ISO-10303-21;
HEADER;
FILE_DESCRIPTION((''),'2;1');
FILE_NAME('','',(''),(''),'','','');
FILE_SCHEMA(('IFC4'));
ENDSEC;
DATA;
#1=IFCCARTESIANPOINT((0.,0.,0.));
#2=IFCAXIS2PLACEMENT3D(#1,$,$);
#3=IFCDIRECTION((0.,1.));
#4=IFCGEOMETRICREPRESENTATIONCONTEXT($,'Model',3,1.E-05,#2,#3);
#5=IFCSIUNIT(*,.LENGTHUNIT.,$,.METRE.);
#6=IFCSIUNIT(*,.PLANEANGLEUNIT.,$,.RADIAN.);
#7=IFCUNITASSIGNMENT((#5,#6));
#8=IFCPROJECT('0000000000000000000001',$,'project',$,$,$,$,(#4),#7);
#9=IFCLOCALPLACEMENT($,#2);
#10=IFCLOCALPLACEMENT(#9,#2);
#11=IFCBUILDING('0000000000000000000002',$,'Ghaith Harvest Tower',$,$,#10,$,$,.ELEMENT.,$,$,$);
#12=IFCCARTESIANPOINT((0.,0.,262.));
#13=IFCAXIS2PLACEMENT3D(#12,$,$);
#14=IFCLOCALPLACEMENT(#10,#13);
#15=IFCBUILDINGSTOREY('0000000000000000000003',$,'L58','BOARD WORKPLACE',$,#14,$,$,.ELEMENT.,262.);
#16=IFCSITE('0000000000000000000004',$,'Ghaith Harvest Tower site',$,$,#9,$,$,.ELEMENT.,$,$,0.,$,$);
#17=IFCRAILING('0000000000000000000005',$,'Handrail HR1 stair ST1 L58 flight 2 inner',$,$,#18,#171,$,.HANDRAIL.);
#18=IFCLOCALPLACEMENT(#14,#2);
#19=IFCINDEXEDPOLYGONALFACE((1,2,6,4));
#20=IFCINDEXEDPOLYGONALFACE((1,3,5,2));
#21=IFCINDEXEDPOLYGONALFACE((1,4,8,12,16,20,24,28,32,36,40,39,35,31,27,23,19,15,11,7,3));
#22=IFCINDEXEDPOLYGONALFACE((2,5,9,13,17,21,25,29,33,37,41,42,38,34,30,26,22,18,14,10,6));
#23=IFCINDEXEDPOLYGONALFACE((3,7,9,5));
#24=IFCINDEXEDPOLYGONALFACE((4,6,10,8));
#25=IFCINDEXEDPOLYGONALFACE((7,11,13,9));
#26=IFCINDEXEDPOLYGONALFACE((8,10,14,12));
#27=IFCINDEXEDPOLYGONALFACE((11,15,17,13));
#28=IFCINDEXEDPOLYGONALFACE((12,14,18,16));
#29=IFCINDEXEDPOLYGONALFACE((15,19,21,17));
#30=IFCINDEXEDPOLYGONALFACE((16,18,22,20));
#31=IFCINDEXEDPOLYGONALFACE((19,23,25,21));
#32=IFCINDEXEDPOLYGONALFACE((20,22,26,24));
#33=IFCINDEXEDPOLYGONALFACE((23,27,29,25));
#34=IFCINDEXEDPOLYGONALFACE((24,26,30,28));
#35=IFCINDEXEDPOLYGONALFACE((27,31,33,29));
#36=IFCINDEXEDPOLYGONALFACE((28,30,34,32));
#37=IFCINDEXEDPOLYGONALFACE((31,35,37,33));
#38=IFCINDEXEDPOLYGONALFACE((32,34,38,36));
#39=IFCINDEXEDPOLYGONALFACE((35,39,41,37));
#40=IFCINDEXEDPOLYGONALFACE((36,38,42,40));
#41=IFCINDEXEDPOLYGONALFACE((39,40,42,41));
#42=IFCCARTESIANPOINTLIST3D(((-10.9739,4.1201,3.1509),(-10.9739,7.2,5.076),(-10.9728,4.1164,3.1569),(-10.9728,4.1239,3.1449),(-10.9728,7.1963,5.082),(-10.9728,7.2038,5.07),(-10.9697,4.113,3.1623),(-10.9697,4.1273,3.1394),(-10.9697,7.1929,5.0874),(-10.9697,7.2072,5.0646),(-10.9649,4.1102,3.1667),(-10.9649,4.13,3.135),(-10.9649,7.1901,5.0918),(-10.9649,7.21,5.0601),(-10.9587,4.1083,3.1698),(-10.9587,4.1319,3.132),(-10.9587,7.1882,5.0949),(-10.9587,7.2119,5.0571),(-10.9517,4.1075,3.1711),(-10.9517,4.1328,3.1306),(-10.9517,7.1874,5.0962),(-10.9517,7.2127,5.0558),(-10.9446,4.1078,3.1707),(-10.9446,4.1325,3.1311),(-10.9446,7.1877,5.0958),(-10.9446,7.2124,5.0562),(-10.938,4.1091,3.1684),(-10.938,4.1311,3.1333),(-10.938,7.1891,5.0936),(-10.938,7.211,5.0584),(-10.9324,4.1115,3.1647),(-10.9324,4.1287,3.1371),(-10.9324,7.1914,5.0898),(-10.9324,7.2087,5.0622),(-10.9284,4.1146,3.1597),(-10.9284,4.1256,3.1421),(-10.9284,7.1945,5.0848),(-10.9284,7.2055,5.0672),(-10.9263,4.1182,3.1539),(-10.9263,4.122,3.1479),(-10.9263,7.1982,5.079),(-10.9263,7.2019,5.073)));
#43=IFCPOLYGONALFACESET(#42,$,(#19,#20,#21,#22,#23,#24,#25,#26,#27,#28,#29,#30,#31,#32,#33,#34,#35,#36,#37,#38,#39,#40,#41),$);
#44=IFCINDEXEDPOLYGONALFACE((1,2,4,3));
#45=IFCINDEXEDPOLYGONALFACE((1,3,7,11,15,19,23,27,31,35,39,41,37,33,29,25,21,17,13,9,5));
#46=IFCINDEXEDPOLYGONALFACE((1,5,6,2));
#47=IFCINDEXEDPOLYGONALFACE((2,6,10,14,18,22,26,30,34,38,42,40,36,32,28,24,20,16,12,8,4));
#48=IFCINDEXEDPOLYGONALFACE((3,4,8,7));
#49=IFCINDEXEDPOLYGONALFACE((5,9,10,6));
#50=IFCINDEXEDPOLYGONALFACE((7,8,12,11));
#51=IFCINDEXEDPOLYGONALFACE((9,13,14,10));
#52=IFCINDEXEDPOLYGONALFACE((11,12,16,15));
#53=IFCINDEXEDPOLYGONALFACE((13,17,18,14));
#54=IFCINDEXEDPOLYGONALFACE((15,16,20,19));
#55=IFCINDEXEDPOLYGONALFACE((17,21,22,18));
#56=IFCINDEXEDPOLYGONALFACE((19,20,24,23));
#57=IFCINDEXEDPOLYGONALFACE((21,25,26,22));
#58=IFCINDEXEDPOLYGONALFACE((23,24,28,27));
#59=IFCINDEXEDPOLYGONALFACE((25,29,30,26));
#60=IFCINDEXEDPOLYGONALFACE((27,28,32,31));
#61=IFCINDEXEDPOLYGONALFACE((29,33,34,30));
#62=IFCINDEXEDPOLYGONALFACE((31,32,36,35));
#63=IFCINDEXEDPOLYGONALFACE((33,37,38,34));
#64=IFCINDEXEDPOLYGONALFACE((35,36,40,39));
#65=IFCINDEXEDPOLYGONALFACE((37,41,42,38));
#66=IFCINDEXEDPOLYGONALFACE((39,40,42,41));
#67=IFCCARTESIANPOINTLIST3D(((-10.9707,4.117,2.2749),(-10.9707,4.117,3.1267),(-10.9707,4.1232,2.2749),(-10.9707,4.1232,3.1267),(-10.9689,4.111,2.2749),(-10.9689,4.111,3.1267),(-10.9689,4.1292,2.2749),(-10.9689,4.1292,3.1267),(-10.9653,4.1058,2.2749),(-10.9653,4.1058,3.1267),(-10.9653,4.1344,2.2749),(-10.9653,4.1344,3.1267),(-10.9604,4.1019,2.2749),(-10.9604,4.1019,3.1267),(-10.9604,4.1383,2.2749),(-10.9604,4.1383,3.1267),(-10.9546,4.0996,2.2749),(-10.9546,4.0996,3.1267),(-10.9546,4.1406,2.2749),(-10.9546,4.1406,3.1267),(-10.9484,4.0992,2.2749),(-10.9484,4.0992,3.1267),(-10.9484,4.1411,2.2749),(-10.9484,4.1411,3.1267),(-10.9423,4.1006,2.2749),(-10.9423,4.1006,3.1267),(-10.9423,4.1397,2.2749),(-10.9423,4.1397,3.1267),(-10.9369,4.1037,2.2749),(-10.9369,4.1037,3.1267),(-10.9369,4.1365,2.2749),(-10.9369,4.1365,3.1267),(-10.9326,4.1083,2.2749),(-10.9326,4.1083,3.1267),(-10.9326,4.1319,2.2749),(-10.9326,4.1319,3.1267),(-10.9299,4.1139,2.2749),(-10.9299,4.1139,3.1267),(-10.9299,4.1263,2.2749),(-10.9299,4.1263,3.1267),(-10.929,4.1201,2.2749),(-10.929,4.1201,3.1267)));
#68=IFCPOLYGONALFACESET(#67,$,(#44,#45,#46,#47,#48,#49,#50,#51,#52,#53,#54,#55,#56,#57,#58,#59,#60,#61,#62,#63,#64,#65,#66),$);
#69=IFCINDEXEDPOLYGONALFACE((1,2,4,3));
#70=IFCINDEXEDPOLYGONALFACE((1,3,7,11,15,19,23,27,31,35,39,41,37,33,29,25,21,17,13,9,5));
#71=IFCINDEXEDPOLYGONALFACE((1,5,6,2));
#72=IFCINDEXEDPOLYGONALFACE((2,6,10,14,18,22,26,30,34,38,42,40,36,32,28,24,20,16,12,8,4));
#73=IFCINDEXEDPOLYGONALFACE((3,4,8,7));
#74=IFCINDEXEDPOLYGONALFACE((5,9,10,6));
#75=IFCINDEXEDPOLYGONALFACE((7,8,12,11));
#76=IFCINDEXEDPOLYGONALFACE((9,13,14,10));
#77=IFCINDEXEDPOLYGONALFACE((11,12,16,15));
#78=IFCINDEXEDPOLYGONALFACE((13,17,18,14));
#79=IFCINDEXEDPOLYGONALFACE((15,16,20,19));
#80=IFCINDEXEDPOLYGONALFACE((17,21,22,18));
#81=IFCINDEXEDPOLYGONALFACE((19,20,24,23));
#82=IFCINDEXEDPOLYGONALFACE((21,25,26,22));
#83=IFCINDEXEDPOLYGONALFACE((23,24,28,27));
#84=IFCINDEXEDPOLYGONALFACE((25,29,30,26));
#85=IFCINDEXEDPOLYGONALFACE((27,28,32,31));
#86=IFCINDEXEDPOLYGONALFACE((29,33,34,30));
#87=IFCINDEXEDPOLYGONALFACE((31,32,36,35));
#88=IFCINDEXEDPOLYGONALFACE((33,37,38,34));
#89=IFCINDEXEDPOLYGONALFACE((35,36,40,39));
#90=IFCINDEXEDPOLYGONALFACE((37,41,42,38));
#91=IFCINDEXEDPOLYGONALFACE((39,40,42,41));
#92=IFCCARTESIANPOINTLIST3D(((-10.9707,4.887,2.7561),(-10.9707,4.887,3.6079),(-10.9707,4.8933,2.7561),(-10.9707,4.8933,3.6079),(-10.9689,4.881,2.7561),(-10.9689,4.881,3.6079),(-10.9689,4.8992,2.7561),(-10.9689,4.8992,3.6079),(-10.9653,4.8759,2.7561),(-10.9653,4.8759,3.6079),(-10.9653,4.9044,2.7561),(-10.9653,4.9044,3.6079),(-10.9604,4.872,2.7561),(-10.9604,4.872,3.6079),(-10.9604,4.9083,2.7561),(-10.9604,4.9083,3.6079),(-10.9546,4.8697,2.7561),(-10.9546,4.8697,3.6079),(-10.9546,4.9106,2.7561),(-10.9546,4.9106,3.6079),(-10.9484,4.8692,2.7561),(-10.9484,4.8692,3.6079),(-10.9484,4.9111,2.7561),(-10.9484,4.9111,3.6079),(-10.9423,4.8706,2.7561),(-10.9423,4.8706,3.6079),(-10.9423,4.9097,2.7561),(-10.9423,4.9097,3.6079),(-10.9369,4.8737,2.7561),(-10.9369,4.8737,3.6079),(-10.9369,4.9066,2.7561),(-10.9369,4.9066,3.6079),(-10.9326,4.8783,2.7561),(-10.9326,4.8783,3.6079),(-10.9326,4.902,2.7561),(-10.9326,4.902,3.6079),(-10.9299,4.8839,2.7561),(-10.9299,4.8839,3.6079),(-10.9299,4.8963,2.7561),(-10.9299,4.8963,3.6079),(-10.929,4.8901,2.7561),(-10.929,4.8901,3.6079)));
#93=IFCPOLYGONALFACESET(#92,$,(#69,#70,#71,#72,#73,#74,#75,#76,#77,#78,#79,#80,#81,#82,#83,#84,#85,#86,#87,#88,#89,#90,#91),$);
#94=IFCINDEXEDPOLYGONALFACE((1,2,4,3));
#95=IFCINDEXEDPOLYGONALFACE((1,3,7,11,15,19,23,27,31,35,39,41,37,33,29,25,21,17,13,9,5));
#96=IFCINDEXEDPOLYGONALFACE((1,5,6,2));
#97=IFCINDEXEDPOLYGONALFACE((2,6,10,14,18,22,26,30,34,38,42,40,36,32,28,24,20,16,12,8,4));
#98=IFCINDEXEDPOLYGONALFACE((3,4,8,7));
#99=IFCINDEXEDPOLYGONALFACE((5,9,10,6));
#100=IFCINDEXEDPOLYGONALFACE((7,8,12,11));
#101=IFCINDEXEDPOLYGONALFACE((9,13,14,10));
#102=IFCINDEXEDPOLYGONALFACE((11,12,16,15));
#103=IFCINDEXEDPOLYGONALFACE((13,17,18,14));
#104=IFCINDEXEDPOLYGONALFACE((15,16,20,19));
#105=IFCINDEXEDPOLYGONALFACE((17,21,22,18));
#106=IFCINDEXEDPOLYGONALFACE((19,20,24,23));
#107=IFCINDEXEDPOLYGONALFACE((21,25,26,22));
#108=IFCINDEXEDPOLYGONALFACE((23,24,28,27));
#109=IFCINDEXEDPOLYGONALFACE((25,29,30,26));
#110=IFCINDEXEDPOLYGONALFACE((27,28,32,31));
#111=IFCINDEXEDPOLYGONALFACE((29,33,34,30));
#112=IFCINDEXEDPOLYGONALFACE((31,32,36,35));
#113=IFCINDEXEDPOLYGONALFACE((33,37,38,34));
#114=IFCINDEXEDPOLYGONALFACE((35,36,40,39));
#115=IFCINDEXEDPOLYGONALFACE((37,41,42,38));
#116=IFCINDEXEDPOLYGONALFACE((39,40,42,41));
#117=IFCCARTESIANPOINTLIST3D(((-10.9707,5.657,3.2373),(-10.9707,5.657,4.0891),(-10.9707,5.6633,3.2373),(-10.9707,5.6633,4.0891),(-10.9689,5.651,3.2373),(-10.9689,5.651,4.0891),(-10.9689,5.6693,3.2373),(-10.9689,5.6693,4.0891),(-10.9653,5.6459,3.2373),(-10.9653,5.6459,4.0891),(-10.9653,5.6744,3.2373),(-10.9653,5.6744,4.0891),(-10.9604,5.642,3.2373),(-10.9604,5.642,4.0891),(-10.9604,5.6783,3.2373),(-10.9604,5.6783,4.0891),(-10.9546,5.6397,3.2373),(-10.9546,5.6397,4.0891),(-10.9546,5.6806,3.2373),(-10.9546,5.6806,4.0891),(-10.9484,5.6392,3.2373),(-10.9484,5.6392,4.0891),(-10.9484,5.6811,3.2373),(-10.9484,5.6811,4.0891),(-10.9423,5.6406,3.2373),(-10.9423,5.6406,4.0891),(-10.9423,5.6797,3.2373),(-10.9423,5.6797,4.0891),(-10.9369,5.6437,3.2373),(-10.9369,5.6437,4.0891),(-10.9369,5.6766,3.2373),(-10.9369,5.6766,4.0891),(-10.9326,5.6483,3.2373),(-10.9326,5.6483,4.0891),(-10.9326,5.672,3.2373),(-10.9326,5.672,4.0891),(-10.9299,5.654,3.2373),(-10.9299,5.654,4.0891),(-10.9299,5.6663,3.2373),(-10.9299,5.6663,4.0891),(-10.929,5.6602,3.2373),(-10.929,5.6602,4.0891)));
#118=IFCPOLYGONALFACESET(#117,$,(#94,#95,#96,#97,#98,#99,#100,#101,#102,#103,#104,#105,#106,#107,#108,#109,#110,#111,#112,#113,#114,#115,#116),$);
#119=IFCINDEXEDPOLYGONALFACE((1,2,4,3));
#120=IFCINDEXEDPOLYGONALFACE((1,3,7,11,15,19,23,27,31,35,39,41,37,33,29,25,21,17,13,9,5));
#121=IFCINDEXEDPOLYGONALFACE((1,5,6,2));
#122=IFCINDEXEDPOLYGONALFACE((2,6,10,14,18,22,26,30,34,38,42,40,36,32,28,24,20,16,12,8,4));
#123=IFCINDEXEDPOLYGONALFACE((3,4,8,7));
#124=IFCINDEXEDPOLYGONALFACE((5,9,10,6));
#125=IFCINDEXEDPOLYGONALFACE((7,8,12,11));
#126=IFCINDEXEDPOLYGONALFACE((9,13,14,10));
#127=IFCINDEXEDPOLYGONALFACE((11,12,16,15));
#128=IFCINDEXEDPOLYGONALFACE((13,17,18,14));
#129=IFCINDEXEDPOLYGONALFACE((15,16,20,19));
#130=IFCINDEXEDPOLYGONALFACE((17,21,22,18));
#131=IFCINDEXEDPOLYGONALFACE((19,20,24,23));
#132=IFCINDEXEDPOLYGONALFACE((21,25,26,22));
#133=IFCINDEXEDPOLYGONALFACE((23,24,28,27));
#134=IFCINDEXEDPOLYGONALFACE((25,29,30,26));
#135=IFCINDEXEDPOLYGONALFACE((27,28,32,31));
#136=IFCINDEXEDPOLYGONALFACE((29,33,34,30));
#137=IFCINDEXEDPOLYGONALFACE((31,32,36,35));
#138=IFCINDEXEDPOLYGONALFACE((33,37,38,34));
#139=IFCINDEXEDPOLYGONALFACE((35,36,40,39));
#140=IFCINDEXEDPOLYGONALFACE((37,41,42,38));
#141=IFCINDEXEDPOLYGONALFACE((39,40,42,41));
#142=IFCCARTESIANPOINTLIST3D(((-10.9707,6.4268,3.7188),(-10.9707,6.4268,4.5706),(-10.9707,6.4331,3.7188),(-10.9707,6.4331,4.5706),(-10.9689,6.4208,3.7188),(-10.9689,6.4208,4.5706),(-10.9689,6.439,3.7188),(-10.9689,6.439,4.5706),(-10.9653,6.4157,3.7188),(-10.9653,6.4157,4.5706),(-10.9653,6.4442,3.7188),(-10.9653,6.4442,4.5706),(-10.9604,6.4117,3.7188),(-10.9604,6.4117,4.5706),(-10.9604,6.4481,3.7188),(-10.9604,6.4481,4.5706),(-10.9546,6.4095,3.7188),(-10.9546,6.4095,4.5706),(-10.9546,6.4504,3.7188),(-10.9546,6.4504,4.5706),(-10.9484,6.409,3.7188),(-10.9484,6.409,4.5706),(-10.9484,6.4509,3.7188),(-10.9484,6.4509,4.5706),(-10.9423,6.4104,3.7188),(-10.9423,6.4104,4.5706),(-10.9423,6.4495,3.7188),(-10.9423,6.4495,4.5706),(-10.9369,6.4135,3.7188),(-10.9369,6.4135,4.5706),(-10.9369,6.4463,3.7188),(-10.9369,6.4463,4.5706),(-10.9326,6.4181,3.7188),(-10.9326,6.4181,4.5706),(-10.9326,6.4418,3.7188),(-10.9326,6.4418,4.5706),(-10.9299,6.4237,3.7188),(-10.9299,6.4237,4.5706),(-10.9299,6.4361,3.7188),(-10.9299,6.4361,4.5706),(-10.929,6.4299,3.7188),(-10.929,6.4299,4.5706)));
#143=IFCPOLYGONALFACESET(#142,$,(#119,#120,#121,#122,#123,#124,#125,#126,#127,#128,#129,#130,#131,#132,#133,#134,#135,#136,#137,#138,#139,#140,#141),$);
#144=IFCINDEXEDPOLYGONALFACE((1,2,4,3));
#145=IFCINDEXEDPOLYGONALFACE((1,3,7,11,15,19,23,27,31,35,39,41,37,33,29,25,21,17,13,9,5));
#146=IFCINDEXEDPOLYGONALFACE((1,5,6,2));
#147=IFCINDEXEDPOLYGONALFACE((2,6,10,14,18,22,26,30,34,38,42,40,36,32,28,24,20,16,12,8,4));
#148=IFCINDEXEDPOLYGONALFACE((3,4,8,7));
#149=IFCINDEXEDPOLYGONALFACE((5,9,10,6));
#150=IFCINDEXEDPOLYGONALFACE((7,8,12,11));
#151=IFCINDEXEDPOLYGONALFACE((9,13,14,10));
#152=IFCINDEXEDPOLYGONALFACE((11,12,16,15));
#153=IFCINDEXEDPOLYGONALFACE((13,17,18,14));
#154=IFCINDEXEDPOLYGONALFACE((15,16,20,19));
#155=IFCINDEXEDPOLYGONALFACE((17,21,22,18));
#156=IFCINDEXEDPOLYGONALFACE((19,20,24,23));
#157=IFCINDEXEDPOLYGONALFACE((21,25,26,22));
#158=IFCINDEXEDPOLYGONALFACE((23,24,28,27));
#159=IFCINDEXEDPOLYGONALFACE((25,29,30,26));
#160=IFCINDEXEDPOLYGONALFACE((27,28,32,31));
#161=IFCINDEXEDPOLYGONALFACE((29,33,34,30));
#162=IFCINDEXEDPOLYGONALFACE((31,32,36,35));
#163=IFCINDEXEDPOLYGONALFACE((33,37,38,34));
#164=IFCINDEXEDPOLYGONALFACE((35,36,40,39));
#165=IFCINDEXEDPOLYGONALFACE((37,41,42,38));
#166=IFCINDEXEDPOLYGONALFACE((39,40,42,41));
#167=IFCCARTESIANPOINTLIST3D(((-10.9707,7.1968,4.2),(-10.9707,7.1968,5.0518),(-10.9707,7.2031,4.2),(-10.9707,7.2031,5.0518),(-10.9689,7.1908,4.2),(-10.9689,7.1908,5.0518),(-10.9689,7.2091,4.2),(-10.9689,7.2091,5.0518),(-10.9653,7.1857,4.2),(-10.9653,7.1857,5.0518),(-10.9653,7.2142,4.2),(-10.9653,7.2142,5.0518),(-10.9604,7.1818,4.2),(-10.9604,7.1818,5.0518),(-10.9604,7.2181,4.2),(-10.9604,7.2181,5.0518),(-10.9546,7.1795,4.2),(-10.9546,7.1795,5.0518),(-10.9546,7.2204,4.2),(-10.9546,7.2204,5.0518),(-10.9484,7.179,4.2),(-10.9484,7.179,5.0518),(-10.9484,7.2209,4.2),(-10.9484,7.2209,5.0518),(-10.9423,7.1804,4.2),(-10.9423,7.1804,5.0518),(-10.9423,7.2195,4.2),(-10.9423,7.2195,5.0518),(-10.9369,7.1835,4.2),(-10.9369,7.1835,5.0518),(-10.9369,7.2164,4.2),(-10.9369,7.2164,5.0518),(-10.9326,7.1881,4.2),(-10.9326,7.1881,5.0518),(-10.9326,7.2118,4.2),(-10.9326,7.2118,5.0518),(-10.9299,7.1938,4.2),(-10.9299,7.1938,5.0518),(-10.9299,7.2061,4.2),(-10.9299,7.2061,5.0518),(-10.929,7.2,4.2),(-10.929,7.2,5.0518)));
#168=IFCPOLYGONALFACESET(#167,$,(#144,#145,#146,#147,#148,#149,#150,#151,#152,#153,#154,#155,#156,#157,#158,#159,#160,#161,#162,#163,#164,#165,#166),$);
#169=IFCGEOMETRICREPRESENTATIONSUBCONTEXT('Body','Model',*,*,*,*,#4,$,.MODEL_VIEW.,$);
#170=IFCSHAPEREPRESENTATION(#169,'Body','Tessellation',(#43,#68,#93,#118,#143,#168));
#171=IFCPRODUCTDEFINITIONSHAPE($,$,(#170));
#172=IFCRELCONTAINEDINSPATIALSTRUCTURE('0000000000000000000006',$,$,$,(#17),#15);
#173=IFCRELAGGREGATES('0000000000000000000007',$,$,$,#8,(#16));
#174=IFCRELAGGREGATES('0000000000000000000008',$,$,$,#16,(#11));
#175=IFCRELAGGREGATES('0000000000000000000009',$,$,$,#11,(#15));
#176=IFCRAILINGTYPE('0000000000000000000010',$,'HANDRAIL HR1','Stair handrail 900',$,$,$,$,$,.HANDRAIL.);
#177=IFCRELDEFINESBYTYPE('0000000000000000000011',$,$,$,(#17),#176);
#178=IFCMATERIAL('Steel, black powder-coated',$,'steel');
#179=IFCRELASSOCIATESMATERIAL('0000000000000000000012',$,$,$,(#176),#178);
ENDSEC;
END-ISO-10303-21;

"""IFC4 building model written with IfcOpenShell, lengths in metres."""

from ifc_helpers import new_model, si_unit, direction, frame, origin, origin_2d, place, context, subcontext, project, spatial, circle, extrude, material, type_object, element, save


model = new_model("IFC4")

# Units and contexts
model_context = context("Model", 3, precision=1e-05, world=origin(), true_north=direction((0.0, 1.0)))
body_context = subcontext(model_context, "Body", "Model", "MODEL_VIEW")
ifc_project = project(units=[si_unit("LENGTHUNIT", "METRE"), si_unit("PLANEANGLEUNIT", "RADIAN")], contexts=[model_context])

# Site, building, storey
site_placement = place(None, origin())
site = spatial("IfcSite", under=ifc_project, at=site_placement, Name="Ghaith Harvest Tower site", CompositionType="ELEMENT", RefElevation=0.0)
building_placement = place(site_placement, origin())
building = spatial("IfcBuilding", under=site, at=building_placement, Name="Ghaith Harvest Tower", CompositionType="ELEMENT")
storey_placement = place(building_placement, frame((0.0, 0.0, 262.0)))
storey = spatial("IfcBuildingStorey", under=building, at=storey_placement, Name="L58", Description="BOARD WORKPLACE", CompositionType="ELEMENT", Elevation=262.0)

# Railing
ifc_material_1 = material(Name="Steel, black powder-coated", Category="steel")
railing_type = type_object("IfcRailingType", Name="HANDRAIL HR1", Description="Stair handrail 900", PredefinedType="HANDRAIL", material=ifc_material_1)
railing_1_placement = place(storey_placement, frame((-10.95, 4.1201, 2.2749)))
element("IfcRailing", 1, at=railing_1_placement, inside=storey, type_object=railing_type, Name="Handrail HR1 stair ST1 L58 flight 2 inner", PredefinedType="HANDRAIL", context=body_context, shape_type="SweptSolid", body=[
    extrude(circle(Radius=0.0239, at=origin_2d()), frame((0.0, 0.0, 0.876), z_axis=(0.0, 0.847979, 0.530029), x_axis=(-1.0, 0.0, 0.0)), (0.0, 0.0, 1.0), 3.6321),
    extrude(circle(Radius=0.021, at=origin_2d()), origin(), (0.0, 0.0, 1.0), 0.8518),
    extrude(circle(Radius=0.021, at=origin_2d()), frame((0.0, 0.77, 0.4812)), (0.0, 0.0, 1.0), 0.8518),
    extrude(circle(Radius=0.021, at=origin_2d()), frame((0.0, 1.54, 0.9624)), (0.0, 0.0, 1.0), 0.8518),
    extrude(circle(Radius=0.021, at=origin_2d()), frame((0.0, 2.3098, 1.4438)), (0.0, 0.0, 1.0), 0.8518),
    extrude(circle(Radius=0.021, at=origin_2d()), frame((0.0, 3.0798, 1.925)), (0.0, 0.0, 1.0), 0.8518),
])

save(model, "model.ifc")
